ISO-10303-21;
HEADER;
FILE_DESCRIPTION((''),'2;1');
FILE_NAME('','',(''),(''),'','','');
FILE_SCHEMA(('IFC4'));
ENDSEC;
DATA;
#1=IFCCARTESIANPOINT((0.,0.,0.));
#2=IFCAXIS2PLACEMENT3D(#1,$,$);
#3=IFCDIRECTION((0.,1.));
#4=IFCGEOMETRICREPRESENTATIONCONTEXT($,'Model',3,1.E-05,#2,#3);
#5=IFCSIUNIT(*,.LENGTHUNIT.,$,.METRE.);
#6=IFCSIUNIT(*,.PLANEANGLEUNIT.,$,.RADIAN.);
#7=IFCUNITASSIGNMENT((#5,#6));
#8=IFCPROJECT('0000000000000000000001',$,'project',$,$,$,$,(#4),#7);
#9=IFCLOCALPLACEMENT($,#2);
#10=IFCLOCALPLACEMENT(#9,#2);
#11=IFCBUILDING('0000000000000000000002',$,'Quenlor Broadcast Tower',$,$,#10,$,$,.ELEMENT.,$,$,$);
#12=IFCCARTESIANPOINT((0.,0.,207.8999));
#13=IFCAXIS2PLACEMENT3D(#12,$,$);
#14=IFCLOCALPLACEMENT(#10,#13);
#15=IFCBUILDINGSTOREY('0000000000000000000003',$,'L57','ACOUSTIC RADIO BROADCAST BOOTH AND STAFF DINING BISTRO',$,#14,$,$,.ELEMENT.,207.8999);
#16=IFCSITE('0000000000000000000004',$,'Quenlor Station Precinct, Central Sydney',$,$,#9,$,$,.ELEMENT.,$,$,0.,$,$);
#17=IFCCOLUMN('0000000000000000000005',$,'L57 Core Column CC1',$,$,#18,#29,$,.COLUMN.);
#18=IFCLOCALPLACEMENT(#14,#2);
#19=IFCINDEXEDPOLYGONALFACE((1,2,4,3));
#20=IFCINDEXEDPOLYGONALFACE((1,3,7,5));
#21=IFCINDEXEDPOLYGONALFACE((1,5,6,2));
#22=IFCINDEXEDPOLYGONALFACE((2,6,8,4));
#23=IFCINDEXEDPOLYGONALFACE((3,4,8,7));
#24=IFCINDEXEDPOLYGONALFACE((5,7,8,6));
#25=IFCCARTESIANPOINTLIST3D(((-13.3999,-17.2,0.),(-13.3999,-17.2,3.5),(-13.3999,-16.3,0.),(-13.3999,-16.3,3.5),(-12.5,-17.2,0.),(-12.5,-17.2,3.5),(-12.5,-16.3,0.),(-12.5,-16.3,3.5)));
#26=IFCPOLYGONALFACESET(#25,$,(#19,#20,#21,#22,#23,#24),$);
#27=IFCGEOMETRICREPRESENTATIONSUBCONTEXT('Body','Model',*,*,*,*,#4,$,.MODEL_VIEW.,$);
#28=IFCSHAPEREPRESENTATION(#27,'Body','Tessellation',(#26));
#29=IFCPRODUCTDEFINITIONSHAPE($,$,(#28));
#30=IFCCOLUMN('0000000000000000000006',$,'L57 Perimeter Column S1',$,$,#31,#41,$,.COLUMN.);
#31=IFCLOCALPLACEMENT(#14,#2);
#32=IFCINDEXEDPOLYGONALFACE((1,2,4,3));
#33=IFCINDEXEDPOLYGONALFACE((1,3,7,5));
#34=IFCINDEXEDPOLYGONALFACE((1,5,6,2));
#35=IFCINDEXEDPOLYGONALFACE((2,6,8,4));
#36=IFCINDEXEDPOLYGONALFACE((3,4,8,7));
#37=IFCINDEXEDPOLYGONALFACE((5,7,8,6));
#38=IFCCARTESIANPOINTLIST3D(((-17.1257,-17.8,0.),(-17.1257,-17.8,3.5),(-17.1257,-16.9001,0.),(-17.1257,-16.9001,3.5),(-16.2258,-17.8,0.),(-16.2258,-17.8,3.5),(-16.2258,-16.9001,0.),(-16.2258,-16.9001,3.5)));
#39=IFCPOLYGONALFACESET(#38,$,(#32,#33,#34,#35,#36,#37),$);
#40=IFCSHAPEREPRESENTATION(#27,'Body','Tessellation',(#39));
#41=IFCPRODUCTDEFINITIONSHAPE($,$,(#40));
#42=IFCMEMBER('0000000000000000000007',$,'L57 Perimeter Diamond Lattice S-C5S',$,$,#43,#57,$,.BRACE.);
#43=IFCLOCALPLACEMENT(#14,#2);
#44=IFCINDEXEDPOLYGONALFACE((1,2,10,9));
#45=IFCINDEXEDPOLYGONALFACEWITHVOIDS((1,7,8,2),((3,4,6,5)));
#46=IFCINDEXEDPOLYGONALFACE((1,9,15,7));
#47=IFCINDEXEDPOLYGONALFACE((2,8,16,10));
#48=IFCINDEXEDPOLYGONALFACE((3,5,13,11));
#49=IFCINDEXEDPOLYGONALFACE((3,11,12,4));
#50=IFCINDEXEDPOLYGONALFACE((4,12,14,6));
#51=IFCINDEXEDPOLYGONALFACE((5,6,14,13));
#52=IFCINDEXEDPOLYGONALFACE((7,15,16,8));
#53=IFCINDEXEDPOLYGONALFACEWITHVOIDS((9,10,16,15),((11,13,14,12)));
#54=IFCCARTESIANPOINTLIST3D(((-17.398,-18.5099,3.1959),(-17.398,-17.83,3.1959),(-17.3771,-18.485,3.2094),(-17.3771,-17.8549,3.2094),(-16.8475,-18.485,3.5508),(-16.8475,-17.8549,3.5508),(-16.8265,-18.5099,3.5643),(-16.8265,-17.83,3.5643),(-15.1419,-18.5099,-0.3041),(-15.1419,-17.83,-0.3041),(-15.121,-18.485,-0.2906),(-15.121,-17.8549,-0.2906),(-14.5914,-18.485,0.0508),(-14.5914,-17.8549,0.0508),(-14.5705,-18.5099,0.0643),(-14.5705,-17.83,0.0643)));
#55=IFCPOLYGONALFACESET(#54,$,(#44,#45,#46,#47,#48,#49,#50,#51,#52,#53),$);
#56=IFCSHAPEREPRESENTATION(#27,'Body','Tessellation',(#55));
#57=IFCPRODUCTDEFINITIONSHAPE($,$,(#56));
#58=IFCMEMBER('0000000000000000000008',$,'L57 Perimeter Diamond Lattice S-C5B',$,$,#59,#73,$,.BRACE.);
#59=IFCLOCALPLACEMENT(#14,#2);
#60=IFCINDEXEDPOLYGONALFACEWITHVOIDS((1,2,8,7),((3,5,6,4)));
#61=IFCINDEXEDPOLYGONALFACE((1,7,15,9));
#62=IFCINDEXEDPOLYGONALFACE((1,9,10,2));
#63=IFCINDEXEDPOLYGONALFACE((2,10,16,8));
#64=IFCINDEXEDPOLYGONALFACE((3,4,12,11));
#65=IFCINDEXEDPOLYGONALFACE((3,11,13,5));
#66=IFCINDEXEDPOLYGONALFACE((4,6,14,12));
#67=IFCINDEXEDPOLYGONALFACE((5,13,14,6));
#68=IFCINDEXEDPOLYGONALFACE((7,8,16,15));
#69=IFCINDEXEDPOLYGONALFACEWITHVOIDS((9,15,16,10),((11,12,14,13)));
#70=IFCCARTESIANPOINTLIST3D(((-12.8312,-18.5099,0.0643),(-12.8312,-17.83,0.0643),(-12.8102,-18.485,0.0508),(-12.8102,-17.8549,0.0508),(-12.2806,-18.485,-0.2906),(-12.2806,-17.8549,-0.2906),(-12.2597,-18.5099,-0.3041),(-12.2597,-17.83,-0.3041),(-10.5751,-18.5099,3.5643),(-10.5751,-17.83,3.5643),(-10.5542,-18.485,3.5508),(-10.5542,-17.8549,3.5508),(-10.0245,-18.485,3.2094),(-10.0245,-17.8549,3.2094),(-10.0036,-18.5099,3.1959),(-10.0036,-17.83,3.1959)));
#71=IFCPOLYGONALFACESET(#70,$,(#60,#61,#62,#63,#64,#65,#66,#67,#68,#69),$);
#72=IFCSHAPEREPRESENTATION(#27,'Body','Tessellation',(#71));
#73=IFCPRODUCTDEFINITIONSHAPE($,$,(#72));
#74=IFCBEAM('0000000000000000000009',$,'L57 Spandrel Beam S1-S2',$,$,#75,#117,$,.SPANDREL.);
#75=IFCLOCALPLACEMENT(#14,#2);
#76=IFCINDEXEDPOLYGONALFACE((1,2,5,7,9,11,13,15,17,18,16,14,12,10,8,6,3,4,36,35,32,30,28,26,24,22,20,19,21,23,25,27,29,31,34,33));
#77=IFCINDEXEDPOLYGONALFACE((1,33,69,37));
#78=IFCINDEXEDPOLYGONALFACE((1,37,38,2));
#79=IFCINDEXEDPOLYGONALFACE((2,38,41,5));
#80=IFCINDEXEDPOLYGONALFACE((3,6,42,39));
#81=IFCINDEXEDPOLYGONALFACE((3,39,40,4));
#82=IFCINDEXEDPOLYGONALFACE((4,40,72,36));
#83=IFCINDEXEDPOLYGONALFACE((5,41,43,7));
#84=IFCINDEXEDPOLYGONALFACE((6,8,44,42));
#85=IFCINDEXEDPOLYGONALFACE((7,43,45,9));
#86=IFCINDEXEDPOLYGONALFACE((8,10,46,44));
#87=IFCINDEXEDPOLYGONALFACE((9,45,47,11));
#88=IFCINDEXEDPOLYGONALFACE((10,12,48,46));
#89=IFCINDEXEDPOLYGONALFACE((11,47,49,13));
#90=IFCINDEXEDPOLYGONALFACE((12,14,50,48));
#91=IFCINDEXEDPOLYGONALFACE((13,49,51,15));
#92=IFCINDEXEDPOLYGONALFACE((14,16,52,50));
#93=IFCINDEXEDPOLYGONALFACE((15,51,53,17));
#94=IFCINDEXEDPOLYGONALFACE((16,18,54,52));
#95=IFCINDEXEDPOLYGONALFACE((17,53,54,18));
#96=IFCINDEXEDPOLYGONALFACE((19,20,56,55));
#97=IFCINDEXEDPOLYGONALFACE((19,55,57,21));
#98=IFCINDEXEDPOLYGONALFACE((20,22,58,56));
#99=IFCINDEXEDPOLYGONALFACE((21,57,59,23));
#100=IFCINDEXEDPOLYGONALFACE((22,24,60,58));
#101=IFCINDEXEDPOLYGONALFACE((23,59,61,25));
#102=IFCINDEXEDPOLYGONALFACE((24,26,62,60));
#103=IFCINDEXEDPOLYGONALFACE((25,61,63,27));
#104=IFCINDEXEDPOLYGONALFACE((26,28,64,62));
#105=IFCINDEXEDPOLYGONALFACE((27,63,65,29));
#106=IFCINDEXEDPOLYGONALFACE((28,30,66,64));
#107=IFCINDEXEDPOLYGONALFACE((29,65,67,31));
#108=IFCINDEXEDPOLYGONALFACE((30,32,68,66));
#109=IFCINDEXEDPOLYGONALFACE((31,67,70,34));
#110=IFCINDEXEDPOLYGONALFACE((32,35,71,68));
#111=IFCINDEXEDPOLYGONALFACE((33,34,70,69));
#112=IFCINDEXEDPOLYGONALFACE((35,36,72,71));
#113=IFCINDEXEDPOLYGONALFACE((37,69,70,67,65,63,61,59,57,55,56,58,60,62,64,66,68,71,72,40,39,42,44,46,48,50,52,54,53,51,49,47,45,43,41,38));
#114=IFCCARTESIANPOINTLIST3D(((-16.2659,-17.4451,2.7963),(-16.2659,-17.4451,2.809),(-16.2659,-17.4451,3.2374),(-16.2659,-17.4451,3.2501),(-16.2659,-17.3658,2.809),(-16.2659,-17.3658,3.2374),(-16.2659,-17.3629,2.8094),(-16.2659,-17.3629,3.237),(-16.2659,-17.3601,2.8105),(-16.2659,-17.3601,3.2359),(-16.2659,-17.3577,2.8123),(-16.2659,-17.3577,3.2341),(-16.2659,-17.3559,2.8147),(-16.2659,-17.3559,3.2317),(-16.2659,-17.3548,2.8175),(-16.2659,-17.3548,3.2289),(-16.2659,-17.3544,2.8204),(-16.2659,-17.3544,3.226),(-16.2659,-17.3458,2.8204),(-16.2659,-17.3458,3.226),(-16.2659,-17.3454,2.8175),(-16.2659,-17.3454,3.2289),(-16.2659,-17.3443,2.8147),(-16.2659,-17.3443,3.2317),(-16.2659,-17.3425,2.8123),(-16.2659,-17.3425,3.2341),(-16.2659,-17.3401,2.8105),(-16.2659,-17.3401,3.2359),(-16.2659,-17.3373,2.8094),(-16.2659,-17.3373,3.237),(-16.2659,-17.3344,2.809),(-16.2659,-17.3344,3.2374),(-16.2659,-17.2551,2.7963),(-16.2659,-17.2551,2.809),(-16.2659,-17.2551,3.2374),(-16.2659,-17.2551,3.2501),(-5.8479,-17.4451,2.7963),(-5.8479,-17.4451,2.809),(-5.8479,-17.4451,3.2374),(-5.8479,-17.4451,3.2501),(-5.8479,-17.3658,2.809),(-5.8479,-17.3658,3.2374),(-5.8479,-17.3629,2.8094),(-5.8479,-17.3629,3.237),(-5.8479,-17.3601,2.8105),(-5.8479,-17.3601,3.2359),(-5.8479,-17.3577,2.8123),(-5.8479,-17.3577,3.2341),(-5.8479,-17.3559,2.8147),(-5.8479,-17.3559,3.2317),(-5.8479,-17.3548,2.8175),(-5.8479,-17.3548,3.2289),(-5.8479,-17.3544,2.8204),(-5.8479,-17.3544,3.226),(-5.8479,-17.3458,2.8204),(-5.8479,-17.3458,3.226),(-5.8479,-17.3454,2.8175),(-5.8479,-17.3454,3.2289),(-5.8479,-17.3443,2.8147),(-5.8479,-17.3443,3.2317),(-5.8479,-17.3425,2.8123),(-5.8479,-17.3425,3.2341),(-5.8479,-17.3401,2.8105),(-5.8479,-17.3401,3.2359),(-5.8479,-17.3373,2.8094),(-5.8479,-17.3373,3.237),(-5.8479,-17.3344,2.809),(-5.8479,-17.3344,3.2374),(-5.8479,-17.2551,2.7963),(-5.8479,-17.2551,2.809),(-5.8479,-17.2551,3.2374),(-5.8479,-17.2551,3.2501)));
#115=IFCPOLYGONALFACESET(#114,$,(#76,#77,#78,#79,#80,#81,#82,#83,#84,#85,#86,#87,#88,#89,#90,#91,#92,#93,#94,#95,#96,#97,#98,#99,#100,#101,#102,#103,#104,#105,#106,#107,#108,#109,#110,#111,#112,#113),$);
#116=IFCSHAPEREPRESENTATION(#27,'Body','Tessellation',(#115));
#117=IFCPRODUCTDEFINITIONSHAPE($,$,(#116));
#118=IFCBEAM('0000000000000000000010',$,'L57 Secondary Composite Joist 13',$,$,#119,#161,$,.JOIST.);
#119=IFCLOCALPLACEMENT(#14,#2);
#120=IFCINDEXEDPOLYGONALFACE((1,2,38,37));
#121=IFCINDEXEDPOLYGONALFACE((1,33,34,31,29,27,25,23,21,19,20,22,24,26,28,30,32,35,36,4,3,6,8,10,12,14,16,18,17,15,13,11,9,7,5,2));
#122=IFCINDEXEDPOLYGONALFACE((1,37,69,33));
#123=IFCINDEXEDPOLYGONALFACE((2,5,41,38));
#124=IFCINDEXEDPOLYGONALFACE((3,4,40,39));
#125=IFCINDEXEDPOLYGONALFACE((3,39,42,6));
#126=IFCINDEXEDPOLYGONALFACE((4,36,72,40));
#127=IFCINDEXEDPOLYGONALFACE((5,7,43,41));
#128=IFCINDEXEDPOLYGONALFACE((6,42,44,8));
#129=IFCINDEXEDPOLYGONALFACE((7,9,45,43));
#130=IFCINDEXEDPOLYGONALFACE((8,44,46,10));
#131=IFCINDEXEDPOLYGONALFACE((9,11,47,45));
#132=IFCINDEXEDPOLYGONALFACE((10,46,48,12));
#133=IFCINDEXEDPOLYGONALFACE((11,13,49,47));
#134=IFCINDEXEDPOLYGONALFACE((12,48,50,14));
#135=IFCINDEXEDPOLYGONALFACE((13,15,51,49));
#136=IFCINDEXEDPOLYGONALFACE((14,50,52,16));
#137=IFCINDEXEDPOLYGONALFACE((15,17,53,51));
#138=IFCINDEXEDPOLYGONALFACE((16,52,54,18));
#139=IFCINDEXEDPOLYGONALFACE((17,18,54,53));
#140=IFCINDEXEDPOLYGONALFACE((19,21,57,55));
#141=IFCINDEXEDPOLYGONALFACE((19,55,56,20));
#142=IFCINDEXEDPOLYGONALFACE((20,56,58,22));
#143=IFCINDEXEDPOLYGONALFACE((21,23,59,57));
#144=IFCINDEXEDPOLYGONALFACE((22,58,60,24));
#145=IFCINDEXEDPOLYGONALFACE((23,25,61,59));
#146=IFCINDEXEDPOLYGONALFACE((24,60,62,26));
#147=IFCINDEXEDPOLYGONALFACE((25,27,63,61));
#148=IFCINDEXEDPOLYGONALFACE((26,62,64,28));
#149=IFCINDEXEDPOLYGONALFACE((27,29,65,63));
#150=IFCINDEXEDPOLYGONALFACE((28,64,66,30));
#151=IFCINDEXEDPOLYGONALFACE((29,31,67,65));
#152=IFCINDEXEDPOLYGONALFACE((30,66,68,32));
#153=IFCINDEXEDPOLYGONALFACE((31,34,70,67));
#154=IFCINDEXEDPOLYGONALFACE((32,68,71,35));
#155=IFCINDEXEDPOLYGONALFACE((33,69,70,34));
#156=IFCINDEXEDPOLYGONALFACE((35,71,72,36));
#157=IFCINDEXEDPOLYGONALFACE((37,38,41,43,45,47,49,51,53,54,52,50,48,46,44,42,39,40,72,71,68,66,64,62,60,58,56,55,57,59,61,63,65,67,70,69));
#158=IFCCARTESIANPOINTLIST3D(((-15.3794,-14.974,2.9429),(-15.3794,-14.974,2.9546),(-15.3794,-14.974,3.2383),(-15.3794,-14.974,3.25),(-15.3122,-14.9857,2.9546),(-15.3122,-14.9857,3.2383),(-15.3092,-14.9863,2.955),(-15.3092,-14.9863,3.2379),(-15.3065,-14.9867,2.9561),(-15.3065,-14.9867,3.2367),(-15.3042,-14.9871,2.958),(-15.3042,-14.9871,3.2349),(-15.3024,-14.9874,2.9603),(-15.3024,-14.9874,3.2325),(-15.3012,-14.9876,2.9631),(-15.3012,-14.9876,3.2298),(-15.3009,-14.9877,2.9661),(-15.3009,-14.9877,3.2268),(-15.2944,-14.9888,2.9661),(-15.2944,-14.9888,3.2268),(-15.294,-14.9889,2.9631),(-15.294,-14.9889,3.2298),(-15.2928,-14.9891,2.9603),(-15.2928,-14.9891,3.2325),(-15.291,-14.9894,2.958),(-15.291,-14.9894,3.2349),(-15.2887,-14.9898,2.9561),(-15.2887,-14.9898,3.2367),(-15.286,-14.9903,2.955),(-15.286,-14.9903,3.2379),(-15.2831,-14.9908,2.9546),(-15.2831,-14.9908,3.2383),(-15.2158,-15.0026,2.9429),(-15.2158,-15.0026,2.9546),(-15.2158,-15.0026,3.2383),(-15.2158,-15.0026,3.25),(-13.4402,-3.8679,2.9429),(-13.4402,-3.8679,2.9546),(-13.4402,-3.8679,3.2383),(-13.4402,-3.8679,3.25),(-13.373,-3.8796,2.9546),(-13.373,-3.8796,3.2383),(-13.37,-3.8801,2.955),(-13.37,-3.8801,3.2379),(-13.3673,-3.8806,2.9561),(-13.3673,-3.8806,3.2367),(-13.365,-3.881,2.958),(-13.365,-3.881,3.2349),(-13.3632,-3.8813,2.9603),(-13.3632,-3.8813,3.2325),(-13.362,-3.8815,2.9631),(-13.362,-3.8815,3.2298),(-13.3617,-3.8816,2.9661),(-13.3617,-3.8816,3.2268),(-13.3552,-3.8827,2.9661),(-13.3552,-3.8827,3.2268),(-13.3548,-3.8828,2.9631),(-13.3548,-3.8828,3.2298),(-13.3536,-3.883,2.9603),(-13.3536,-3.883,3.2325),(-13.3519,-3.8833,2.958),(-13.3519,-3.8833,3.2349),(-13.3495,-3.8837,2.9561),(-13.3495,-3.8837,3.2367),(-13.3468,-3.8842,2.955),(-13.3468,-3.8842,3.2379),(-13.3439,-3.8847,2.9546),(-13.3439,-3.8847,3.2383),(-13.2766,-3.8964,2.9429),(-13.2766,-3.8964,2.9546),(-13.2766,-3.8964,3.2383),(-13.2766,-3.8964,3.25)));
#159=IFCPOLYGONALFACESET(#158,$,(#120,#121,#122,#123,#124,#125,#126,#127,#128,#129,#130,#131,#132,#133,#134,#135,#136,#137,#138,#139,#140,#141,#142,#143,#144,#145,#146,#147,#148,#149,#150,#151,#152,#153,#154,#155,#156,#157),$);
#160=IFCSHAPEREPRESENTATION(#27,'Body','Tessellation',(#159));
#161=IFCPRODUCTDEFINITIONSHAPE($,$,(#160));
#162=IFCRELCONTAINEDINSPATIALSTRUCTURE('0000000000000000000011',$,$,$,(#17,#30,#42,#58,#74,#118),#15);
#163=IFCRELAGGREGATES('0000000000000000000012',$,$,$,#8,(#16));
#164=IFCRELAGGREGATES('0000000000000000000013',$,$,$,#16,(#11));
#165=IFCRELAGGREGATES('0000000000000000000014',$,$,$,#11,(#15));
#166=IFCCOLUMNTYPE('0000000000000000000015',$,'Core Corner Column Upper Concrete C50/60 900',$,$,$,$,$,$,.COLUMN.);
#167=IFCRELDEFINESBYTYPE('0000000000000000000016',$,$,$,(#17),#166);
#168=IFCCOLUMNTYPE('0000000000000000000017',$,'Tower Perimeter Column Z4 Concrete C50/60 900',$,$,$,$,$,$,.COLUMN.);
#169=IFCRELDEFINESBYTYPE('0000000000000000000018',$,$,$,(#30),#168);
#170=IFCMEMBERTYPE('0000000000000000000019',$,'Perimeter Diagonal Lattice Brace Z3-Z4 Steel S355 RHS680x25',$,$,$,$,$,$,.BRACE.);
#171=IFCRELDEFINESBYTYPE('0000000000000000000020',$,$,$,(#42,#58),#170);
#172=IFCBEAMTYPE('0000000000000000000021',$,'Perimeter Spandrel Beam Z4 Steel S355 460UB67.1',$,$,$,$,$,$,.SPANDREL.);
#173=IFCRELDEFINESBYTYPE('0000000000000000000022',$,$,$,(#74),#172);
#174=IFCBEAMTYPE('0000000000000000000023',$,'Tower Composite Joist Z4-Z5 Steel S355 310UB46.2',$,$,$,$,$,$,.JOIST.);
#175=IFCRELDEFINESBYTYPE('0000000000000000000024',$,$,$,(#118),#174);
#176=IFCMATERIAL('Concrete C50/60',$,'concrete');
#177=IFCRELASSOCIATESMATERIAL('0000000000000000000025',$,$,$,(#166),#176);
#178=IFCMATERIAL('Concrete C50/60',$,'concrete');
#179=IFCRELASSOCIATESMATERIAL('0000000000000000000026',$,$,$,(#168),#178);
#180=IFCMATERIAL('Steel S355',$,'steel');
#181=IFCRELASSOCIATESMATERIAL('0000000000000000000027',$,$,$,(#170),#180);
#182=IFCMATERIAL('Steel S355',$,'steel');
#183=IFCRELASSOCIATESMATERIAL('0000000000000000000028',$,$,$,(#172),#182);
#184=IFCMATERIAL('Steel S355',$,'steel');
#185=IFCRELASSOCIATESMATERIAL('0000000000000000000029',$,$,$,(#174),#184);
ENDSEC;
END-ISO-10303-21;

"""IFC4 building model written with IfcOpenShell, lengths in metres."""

from ifc_helpers import new_model, si_unit, direction, frame, origin, origin_2d, place, context, subcontext, project, spatial, rectangle, hollow_rectangle, i_section, extrude, material, material_profile, profile_set, type_object, element, save


model = new_model("IFC4")

# Units and contexts
model_context = context("Model", 3, precision=1e-05, world=origin(), true_north=direction((0.0, 1.0)))
body_context = subcontext(model_context, "Body", "Model", "MODEL_VIEW")
ifc_project = project(units=[si_unit("LENGTHUNIT", "METRE"), si_unit("PLANEANGLEUNIT", "RADIAN")], contexts=[model_context])

# Site, building, storey
site_placement = place(None, origin())
site = spatial("IfcSite", under=ifc_project, at=site_placement, Name="Quenlor Station Precinct, Central Sydney", CompositionType="ELEMENT", RefElevation=0.0)
building_placement = place(site_placement, origin())
building = spatial("IfcBuilding", under=site, at=building_placement, Name="Quenlor Broadcast Tower", CompositionType="ELEMENT")
storey_placement = place(building_placement, frame((0.0, 0.0, 207.8999)))
storey = spatial("IfcBuildingStorey", under=building, at=storey_placement, Name="L57", Description="ACOUSTIC RADIO BROADCAST BOOTH AND STAFF DINING BISTRO", CompositionType="ELEMENT", Elevation=207.8999)

# Columns
ifc_material_1 = material(Name="Concrete C50/60", Category="concrete")
ifc_material_profile_1 = material_profile(ifc_material_1, rectangle(XDim=0.8999, YDim=0.8999, at=origin_2d()))
ifc_profile_set_1 = profile_set([ifc_material_profile_1], Name="Concrete C50/60 RC900x900")
column_type_1 = type_object("IfcColumnType", Name="Core Corner Column Upper Concrete C50/60 900", PredefinedType="COLUMN", material=ifc_profile_set_1)
column_1_placement = place(storey_placement, frame((-12.95, -16.75, 0.0), z_axis=(0.0, 0.0, 1.0), x_axis=(1.0, 0.0, 0.0)))
element("IfcColumn", 1, at=column_1_placement, inside=storey, type_object=column_type_1, Name="L57 Core Column CC1", PredefinedType="COLUMN", context=body_context, shape_type="SweptSolid", body=[
    extrude(rectangle(XDim=0.8999, YDim=0.8999, at=origin_2d()), origin(), (0.0, 0.0, 1.0), 3.5),
])
ifc_material_2 = material(Name="Concrete C50/60", Category="concrete")
ifc_material_profile_2 = material_profile(ifc_material_2, rectangle(XDim=0.8999, YDim=0.8999, at=origin_2d()))
ifc_profile_set_2 = profile_set([ifc_material_profile_2], Name="Concrete C50/60 RC900x900")
column_type_2 = type_object("IfcColumnType", Name="Tower Perimeter Column Z4 Concrete C50/60 900", PredefinedType="COLUMN", material=ifc_profile_set_2)
column_2_placement = place(storey_placement, frame((-16.6758, -17.3501, 0.0), z_axis=(0.0, 0.0, 1.0), x_axis=(0.0, 1.0, 0.0)))
element("IfcColumn", 2, at=column_2_placement, inside=storey, type_object=column_type_2, Name="L57 Perimeter Column S1", PredefinedType="COLUMN", context=body_context, shape_type="SweptSolid", body=[
    extrude(rectangle(XDim=0.8999, YDim=0.8999, at=origin_2d()), origin(), (0.0, 0.0, 1.0), 3.5),
])

# Members
ifc_material_3 = material(Name="Steel S355", Category="steel")
ifc_material_profile_3 = material_profile(ifc_material_3, hollow_rectangle(XDim=0.6799, YDim=0.6799, WallThickness=0.0249, at=origin_2d()))
ifc_profile_set_3 = profile_set([ifc_material_profile_3], Name="Steel S355 RHS680x680x25")
member_type = type_object("IfcMemberType", Name="Perimeter Diagonal Lattice Brace Z3-Z4 Steel S355 RHS680x25", PredefinedType="BRACE", material=ifc_profile_set_3)
for number, where, z_axis, x_axis, name in (
    (3, (-14.8562, -18.1699, -0.1199), (-0.541794, 0.0, 0.840511), (0.0, -1.0, 0.0), "L57 Perimeter Diamond Lattice S-C5S"),
    (4, (-12.5454, -18.1699, -0.1199), (0.541794, 0.0, 0.840511), (0.0, 1.0, 0.0), "L57 Perimeter Diamond Lattice S-C5B"),
):
    element("IfcMember", number, at=place(storey_placement, frame(where, z_axis=z_axis, x_axis=x_axis)), inside=storey, type_object=member_type, Name=name, PredefinedType="BRACE", context=body_context, shape_type="SweptSolid", body=[
        extrude(hollow_rectangle(XDim=0.6799, YDim=0.6799, WallThickness=0.0249, at=origin_2d()), origin(), (0.0, 0.0, 1.0), 4.1641),
    ])

# Beams
ifc_material_4 = material(Name="Steel S355", Category="steel")
ifc_material_profile_4 = material_profile(ifc_material_4, i_section(OverallWidth=0.1899, OverallDepth=0.4539, WebThickness=0.0085, FlangeThickness=0.0127, FilletRadius=0.0115, at=origin_2d()))
ifc_profile_set_4 = profile_set([ifc_material_profile_4], Name="Steel S355 460UB67.1")
beam_type_1 = type_object("IfcBeamType", Name="Perimeter Spandrel Beam Z4 Steel S355 460UB67.1", PredefinedType="SPANDREL", material=ifc_profile_set_4)
beam_1_placement = place(storey_placement, frame((-16.2659, -17.3501, 3.0232), z_axis=(1.0, 0.0, 0.0), x_axis=(0.0, 1.0, 0.0)))
element("IfcBeam", 5, at=beam_1_placement, inside=storey, type_object=beam_type_1, Name="L57 Spandrel Beam S1-S2", PredefinedType="SPANDREL", context=body_context, shape_type="SweptSolid", body=[
    extrude(i_section(OverallWidth=0.1899, OverallDepth=0.4539, WebThickness=0.0085, FlangeThickness=0.0127, FilletRadius=0.0115, at=origin_2d()), origin(), (0.0, 0.0, 1.0), 10.418),
])
ifc_material_5 = material(Name="Steel S355", Category="steel")
ifc_material_profile_5 = material_profile(ifc_material_5, i_section(OverallWidth=0.166, OverallDepth=0.3071, WebThickness=0.0066, FlangeThickness=0.0117, FilletRadius=0.0115, at=origin_2d()))
ifc_profile_set_5 = profile_set([ifc_material_profile_5], Name="Steel S355 310UB46.2")
beam_type_2 = type_object("IfcBeamType", Name="Tower Composite Joist Z4-Z5 Steel S355 310UB46.2", PredefinedType="JOIST", material=ifc_profile_set_5)
beam_2_placement = place(storey_placement, frame((-15.2976, -14.9883, 3.0964), z_axis=(0.172004, 0.985096, 0.0), x_axis=(-0.985096, 0.172004, 0.0)))
element("IfcBeam", 6, at=beam_2_placement, inside=storey, type_object=beam_type_2, Name="L57 Secondary Composite Joist 13", PredefinedType="JOIST", context=body_context, shape_type="SweptSolid", body=[
    extrude(i_section(OverallWidth=0.166, OverallDepth=0.3071, WebThickness=0.0066, FlangeThickness=0.0117, FilletRadius=0.0115, at=origin_2d()), origin(), (0.0, 0.0, 1.0), 11.2742),
])

save(model, "model.ifc")
